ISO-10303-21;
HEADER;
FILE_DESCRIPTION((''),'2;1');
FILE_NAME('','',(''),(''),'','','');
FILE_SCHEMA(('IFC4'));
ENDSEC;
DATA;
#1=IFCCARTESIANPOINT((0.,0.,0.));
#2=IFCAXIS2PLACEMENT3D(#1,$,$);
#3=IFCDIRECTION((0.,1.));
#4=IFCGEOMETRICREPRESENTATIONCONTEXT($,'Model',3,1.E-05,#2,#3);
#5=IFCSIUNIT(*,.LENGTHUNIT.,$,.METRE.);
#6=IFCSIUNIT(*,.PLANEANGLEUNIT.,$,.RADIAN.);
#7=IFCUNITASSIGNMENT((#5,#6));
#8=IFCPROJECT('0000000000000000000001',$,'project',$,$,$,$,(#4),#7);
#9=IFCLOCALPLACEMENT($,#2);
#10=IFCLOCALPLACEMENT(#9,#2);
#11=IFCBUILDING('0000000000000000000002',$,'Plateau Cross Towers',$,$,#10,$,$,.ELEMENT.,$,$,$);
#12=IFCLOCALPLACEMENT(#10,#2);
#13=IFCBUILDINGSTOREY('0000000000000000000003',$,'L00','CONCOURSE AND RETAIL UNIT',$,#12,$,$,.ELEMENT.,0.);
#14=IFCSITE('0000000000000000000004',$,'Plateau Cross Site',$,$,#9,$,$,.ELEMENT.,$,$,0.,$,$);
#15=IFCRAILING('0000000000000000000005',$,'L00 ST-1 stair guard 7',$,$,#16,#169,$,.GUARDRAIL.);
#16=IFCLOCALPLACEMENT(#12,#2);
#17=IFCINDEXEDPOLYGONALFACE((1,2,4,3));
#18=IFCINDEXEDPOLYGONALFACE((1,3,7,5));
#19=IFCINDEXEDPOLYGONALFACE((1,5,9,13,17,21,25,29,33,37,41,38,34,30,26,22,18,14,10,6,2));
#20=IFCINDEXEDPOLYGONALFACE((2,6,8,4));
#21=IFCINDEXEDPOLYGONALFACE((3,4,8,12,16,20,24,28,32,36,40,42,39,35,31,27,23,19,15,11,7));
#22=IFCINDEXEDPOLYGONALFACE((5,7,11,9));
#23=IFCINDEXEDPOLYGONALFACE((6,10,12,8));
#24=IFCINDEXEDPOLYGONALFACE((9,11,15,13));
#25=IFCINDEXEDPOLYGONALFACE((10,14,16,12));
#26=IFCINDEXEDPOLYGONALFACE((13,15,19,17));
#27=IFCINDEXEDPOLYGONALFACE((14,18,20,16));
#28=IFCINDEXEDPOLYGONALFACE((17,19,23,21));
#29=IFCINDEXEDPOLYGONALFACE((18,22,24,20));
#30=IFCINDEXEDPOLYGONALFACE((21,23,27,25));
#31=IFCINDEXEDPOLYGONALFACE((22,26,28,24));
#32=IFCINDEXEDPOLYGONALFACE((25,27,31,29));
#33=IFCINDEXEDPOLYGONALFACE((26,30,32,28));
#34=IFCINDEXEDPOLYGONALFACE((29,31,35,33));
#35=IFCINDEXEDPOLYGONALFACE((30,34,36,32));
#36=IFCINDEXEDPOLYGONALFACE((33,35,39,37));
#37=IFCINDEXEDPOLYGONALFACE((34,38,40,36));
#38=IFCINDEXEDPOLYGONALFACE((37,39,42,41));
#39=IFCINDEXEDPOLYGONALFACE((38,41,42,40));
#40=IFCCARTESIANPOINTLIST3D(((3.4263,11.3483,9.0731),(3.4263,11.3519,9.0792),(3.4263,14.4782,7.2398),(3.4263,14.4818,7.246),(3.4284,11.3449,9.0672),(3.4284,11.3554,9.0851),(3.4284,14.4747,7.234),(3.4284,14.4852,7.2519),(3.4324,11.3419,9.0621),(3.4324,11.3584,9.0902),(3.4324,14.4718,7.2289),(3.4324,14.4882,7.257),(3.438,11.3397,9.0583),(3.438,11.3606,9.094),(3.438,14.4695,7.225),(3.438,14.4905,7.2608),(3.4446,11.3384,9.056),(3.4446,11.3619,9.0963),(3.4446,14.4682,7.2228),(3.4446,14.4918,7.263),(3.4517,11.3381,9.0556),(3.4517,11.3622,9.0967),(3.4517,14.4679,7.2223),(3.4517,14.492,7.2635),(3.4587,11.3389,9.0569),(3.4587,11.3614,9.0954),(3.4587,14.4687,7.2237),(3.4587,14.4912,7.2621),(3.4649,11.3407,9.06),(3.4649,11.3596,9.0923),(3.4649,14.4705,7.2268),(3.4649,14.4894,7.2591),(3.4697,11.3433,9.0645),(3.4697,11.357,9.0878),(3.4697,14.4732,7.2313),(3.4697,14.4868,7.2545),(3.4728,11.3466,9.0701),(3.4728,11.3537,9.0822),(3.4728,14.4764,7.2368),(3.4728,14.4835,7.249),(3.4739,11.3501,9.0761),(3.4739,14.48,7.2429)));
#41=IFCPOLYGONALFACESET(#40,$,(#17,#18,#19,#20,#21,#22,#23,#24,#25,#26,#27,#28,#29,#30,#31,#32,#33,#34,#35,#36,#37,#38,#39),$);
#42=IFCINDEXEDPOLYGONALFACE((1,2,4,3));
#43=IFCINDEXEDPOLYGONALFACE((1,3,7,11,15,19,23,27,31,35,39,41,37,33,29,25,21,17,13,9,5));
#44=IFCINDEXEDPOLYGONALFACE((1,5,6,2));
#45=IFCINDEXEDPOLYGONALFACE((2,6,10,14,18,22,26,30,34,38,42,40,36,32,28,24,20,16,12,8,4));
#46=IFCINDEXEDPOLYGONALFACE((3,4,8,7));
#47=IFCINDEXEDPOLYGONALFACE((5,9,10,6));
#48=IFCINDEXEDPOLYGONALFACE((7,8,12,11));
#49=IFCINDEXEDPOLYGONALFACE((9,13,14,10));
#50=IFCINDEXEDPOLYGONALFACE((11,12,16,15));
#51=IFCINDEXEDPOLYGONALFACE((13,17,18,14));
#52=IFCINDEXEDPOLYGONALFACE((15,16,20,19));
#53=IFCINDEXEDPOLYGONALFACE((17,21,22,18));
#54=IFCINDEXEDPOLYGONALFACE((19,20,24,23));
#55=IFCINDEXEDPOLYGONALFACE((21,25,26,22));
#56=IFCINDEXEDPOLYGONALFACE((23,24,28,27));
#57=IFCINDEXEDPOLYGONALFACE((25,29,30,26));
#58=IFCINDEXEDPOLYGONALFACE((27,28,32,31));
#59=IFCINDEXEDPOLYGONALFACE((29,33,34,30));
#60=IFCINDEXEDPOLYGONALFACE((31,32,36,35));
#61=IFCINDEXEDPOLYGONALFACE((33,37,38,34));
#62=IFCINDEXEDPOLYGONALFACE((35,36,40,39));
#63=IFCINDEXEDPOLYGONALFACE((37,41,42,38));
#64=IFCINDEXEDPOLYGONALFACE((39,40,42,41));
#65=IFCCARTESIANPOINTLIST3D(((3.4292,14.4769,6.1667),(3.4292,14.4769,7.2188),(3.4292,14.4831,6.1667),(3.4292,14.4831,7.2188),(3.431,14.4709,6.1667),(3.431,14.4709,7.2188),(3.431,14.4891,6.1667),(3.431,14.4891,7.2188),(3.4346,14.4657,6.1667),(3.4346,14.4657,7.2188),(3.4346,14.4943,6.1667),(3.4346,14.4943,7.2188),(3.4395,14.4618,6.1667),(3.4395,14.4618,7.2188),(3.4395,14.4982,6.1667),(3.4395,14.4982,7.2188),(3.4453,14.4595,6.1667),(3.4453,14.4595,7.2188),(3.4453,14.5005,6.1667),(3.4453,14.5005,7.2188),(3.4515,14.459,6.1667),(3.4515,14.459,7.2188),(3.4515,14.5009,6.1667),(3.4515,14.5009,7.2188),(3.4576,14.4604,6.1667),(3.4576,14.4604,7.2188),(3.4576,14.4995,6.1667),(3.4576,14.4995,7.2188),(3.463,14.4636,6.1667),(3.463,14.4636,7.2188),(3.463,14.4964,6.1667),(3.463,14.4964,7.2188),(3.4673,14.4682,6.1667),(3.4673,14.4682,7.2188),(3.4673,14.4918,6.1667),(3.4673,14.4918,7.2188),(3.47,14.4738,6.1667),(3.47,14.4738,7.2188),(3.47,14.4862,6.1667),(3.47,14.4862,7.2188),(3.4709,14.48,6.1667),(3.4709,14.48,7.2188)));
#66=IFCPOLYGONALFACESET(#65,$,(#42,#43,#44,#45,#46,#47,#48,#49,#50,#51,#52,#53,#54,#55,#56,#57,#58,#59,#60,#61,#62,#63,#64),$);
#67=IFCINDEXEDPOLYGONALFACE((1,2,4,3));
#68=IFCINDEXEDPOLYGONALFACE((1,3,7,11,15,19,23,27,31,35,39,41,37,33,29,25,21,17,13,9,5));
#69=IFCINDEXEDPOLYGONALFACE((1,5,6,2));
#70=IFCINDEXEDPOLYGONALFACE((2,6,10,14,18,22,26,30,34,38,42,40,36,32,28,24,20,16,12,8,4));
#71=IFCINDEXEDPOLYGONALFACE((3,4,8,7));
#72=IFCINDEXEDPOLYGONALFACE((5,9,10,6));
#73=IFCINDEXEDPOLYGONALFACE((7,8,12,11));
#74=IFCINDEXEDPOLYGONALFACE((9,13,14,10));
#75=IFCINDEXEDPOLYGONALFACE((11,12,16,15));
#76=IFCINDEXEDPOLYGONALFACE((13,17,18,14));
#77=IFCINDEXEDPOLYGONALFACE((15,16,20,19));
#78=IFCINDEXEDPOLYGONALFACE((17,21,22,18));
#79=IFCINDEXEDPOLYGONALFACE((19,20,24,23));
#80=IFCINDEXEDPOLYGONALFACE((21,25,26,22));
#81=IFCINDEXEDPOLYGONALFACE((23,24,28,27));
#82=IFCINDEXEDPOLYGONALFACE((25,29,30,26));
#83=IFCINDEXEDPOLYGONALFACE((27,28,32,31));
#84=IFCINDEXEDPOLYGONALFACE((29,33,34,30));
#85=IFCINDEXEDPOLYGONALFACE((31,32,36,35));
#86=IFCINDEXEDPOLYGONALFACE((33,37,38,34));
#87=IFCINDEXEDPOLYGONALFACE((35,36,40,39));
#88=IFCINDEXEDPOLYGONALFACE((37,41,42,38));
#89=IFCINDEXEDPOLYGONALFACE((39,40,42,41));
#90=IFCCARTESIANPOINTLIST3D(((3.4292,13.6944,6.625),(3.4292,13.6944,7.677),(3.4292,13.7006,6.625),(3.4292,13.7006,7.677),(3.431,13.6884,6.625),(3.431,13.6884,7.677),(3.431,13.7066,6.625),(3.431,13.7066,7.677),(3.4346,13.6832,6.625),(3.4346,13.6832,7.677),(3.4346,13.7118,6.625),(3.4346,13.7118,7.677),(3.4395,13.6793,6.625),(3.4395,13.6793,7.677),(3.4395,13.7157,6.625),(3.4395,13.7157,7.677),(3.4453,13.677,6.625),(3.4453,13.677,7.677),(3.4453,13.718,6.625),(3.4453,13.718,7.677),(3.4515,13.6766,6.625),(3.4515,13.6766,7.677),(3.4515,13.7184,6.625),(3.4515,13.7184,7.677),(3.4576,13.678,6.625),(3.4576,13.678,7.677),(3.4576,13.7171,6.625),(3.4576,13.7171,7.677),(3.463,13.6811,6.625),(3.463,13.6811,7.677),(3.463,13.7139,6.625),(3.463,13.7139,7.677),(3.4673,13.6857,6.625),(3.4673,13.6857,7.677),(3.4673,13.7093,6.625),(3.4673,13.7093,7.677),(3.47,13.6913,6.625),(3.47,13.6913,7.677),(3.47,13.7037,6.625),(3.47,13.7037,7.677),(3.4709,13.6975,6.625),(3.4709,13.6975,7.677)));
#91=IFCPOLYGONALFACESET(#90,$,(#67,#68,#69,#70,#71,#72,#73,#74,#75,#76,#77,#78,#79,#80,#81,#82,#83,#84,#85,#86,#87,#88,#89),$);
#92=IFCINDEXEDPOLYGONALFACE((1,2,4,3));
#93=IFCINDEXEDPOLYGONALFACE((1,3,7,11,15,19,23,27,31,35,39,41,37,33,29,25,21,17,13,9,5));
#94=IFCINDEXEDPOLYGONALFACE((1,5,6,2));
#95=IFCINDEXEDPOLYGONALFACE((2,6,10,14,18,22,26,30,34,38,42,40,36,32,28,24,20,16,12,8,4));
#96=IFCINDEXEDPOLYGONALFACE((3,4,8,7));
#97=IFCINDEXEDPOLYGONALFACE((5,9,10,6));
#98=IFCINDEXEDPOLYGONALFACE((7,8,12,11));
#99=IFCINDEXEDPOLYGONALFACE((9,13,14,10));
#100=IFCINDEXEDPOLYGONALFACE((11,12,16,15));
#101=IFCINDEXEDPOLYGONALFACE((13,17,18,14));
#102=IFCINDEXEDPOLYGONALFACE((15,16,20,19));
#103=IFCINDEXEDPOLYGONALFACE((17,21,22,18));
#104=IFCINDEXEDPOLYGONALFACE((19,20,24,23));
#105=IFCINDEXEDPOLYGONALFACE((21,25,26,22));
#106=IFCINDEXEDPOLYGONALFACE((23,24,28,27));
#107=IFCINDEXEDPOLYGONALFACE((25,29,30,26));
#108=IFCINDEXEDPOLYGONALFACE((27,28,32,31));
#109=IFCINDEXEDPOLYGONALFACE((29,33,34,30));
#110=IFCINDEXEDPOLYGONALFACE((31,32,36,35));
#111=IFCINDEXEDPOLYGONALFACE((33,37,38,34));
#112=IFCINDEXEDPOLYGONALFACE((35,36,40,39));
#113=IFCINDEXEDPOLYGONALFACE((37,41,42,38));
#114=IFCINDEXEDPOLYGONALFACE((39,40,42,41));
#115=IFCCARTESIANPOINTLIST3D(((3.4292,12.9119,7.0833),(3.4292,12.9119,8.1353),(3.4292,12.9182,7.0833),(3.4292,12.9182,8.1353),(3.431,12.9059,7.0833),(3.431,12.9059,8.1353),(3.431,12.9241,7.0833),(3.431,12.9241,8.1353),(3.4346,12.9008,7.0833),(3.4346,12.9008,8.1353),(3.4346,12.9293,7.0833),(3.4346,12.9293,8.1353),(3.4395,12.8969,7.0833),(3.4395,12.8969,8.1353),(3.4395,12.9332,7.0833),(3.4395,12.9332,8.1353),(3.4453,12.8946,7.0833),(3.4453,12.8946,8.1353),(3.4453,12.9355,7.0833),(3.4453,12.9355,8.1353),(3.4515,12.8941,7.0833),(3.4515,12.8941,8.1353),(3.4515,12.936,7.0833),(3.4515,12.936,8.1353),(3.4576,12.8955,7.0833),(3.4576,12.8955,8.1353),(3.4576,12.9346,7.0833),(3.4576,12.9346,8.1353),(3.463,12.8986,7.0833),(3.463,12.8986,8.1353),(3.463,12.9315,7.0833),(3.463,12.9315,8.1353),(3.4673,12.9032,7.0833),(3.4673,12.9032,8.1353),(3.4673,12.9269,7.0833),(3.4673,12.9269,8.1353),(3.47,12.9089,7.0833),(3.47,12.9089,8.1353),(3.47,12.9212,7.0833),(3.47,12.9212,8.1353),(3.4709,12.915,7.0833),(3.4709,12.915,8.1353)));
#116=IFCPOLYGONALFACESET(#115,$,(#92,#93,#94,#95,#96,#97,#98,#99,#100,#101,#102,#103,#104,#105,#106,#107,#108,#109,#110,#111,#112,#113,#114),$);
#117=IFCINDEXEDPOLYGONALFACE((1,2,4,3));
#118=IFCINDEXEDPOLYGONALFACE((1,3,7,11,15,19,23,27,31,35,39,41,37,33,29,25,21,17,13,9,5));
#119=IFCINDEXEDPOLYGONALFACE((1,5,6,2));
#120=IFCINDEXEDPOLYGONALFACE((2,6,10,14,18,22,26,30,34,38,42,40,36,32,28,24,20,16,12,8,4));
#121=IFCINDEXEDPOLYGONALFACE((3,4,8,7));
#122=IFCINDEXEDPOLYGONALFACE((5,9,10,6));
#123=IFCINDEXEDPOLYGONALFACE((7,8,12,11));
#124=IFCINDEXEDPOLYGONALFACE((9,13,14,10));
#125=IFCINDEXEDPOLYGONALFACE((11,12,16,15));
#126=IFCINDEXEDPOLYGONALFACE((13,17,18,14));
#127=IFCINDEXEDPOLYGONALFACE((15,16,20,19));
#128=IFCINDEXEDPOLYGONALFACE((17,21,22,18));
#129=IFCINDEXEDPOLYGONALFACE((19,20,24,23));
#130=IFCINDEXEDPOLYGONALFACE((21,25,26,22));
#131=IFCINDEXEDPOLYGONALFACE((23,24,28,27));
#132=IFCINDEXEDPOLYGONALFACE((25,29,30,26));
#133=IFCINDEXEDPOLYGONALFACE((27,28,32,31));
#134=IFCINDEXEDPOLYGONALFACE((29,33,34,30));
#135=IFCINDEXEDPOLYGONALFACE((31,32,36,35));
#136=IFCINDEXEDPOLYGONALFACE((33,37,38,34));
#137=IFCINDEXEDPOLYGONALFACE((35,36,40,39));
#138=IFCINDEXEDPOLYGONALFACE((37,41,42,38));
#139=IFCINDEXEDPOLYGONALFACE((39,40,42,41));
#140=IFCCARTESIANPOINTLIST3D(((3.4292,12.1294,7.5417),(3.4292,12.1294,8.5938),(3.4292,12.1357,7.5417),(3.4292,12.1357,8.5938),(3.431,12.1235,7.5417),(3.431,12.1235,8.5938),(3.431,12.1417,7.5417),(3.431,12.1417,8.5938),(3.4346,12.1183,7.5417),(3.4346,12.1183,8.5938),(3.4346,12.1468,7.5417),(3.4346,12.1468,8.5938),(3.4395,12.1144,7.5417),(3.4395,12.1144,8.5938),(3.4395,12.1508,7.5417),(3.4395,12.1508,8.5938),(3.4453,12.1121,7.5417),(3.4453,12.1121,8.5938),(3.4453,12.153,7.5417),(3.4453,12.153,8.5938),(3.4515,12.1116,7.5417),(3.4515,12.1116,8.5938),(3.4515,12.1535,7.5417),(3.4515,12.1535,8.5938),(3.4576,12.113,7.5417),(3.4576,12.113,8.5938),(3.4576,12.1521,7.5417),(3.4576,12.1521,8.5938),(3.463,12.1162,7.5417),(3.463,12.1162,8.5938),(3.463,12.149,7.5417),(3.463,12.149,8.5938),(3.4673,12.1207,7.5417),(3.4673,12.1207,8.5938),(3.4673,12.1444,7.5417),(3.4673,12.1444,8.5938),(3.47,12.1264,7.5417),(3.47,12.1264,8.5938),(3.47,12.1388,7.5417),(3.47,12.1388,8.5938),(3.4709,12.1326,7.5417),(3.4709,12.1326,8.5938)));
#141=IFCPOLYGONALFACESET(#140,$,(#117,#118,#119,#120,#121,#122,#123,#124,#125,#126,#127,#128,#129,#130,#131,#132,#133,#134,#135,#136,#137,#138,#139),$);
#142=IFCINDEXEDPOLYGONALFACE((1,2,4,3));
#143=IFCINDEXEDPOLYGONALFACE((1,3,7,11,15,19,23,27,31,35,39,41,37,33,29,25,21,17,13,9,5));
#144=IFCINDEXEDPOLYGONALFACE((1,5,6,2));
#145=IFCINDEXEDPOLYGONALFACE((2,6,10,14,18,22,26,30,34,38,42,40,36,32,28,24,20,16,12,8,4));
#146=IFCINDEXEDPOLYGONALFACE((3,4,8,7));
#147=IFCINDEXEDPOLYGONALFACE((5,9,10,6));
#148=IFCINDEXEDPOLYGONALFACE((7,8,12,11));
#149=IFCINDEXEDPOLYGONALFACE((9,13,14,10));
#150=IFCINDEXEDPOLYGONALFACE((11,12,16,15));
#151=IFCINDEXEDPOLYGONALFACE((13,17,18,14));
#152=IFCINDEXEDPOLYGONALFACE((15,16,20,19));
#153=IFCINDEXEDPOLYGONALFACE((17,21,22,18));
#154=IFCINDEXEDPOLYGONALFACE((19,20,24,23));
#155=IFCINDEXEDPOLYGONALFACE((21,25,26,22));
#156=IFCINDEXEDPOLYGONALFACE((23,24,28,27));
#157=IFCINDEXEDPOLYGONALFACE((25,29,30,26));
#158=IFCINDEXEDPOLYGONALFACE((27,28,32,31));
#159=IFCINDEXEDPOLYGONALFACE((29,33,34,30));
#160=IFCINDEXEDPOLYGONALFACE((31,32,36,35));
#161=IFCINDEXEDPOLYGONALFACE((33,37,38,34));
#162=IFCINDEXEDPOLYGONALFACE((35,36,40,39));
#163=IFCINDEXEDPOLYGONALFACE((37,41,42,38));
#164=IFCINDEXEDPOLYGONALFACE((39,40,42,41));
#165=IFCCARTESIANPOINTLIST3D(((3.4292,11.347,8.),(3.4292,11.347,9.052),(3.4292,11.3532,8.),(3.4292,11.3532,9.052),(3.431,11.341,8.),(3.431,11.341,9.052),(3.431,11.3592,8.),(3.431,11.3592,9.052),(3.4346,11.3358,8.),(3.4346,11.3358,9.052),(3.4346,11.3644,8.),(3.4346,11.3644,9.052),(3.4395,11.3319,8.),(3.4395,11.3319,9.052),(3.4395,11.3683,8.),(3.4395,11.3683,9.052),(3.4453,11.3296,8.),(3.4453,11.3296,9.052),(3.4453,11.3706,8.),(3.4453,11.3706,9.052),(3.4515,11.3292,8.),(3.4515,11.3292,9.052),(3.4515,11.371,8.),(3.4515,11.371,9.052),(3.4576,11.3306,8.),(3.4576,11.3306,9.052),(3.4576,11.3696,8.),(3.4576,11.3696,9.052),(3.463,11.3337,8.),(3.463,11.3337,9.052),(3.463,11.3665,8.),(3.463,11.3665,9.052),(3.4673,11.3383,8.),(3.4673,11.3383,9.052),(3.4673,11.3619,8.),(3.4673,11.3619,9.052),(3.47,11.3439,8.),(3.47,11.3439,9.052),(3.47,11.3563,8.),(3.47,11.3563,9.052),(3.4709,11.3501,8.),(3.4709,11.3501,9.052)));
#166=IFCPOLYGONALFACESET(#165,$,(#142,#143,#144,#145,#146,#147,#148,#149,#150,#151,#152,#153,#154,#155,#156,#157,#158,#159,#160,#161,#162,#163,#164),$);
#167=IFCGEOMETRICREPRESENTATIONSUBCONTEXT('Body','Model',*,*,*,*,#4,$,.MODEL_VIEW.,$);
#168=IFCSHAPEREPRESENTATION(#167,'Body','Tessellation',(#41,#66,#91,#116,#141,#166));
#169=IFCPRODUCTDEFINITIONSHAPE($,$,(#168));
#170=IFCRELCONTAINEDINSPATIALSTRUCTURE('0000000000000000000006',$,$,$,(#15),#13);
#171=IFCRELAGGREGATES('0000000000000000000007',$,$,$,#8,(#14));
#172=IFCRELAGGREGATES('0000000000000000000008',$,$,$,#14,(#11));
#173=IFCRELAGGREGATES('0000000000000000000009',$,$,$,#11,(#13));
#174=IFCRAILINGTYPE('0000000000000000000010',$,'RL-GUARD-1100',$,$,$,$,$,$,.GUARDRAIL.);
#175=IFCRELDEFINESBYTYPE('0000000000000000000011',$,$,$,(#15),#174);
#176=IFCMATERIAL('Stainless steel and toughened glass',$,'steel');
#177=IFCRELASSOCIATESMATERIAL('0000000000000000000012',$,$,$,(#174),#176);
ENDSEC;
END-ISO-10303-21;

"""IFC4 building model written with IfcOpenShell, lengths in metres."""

from ifc_helpers import new_model, si_unit, direction, frame, origin, origin_2d, place, context, subcontext, project, spatial, circle, extrude, material, type_object, element, save


model = new_model("IFC4")

# Units and contexts
model_context = context("Model", 3, precision=1e-05, world=origin(), true_north=direction((0.0, 1.0)))
body_context = subcontext(model_context, "Body", "Model", "MODEL_VIEW")
ifc_project = project(units=[si_unit("LENGTHUNIT", "METRE"), si_unit("PLANEANGLEUNIT", "RADIAN")], contexts=[model_context])

# Site, building, storey
site_placement = place(None, origin())
site = spatial("IfcSite", under=ifc_project, at=site_placement, Name="Plateau Cross Site", CompositionType="ELEMENT", RefElevation=0.0)
building_placement = place(site_placement, origin())
building = spatial("IfcBuilding", under=site, at=building_placement, Name="Plateau Cross Towers", CompositionType="ELEMENT")
storey_placement = place(building_placement, origin())
storey = spatial("IfcBuildingStorey", under=building, at=storey_placement, Name="L00", Description="CONCOURSE AND RETAIL UNIT", CompositionType="ELEMENT", Elevation=0.0)

# Railing
ifc_material_1 = material(Name="Stainless steel and toughened glass", Category="steel")
railing_type_1 = type_object("IfcRailingType", Name="RL-GUARD-1100", PredefinedType="GUARDRAIL", material=ifc_material_1)
railing_1_placement = place(storey_placement, frame((3.45, 14.48, 6.1667)))
element("IfcRailing", 1, at=railing_1_placement, inside=storey, type_object=railing_type_1, Name="L00 ST-1 stair guard 7", PredefinedType="GUARDRAIL", context=body_context, shape_type="SweptSolid", body=[
    extrude(circle(Radius=0.0239, at=origin_2d()), frame((0.0, 0.0, 1.0762), z_axis=(0.0, -0.862879, 0.50541), x_axis=(1.0, 0.0, 0.0)), (0.0, 0.0, 1.0), 3.6272),
    extrude(circle(Radius=0.021, at=origin_2d()), origin(), (0.0, 0.0, 1.0), 1.052),
    extrude(circle(Radius=0.021, at=origin_2d()), frame((0.0, -0.7825, 0.4583)), (0.0, 0.0, 1.0), 1.052),
    extrude(circle(Radius=0.021, at=origin_2d()), frame((0.0, -1.5649, 0.9165)), (0.0, 0.0, 1.0), 1.052),
    extrude(circle(Radius=0.021, at=origin_2d()), frame((0.0, -2.3474, 1.375)), (0.0, 0.0, 1.0), 1.052),
    extrude(circle(Radius=0.021, at=origin_2d()), frame((0.0, -3.1299, 1.8333)), (0.0, 0.0, 1.0), 1.052),
])

save(model, "model.ifc")
